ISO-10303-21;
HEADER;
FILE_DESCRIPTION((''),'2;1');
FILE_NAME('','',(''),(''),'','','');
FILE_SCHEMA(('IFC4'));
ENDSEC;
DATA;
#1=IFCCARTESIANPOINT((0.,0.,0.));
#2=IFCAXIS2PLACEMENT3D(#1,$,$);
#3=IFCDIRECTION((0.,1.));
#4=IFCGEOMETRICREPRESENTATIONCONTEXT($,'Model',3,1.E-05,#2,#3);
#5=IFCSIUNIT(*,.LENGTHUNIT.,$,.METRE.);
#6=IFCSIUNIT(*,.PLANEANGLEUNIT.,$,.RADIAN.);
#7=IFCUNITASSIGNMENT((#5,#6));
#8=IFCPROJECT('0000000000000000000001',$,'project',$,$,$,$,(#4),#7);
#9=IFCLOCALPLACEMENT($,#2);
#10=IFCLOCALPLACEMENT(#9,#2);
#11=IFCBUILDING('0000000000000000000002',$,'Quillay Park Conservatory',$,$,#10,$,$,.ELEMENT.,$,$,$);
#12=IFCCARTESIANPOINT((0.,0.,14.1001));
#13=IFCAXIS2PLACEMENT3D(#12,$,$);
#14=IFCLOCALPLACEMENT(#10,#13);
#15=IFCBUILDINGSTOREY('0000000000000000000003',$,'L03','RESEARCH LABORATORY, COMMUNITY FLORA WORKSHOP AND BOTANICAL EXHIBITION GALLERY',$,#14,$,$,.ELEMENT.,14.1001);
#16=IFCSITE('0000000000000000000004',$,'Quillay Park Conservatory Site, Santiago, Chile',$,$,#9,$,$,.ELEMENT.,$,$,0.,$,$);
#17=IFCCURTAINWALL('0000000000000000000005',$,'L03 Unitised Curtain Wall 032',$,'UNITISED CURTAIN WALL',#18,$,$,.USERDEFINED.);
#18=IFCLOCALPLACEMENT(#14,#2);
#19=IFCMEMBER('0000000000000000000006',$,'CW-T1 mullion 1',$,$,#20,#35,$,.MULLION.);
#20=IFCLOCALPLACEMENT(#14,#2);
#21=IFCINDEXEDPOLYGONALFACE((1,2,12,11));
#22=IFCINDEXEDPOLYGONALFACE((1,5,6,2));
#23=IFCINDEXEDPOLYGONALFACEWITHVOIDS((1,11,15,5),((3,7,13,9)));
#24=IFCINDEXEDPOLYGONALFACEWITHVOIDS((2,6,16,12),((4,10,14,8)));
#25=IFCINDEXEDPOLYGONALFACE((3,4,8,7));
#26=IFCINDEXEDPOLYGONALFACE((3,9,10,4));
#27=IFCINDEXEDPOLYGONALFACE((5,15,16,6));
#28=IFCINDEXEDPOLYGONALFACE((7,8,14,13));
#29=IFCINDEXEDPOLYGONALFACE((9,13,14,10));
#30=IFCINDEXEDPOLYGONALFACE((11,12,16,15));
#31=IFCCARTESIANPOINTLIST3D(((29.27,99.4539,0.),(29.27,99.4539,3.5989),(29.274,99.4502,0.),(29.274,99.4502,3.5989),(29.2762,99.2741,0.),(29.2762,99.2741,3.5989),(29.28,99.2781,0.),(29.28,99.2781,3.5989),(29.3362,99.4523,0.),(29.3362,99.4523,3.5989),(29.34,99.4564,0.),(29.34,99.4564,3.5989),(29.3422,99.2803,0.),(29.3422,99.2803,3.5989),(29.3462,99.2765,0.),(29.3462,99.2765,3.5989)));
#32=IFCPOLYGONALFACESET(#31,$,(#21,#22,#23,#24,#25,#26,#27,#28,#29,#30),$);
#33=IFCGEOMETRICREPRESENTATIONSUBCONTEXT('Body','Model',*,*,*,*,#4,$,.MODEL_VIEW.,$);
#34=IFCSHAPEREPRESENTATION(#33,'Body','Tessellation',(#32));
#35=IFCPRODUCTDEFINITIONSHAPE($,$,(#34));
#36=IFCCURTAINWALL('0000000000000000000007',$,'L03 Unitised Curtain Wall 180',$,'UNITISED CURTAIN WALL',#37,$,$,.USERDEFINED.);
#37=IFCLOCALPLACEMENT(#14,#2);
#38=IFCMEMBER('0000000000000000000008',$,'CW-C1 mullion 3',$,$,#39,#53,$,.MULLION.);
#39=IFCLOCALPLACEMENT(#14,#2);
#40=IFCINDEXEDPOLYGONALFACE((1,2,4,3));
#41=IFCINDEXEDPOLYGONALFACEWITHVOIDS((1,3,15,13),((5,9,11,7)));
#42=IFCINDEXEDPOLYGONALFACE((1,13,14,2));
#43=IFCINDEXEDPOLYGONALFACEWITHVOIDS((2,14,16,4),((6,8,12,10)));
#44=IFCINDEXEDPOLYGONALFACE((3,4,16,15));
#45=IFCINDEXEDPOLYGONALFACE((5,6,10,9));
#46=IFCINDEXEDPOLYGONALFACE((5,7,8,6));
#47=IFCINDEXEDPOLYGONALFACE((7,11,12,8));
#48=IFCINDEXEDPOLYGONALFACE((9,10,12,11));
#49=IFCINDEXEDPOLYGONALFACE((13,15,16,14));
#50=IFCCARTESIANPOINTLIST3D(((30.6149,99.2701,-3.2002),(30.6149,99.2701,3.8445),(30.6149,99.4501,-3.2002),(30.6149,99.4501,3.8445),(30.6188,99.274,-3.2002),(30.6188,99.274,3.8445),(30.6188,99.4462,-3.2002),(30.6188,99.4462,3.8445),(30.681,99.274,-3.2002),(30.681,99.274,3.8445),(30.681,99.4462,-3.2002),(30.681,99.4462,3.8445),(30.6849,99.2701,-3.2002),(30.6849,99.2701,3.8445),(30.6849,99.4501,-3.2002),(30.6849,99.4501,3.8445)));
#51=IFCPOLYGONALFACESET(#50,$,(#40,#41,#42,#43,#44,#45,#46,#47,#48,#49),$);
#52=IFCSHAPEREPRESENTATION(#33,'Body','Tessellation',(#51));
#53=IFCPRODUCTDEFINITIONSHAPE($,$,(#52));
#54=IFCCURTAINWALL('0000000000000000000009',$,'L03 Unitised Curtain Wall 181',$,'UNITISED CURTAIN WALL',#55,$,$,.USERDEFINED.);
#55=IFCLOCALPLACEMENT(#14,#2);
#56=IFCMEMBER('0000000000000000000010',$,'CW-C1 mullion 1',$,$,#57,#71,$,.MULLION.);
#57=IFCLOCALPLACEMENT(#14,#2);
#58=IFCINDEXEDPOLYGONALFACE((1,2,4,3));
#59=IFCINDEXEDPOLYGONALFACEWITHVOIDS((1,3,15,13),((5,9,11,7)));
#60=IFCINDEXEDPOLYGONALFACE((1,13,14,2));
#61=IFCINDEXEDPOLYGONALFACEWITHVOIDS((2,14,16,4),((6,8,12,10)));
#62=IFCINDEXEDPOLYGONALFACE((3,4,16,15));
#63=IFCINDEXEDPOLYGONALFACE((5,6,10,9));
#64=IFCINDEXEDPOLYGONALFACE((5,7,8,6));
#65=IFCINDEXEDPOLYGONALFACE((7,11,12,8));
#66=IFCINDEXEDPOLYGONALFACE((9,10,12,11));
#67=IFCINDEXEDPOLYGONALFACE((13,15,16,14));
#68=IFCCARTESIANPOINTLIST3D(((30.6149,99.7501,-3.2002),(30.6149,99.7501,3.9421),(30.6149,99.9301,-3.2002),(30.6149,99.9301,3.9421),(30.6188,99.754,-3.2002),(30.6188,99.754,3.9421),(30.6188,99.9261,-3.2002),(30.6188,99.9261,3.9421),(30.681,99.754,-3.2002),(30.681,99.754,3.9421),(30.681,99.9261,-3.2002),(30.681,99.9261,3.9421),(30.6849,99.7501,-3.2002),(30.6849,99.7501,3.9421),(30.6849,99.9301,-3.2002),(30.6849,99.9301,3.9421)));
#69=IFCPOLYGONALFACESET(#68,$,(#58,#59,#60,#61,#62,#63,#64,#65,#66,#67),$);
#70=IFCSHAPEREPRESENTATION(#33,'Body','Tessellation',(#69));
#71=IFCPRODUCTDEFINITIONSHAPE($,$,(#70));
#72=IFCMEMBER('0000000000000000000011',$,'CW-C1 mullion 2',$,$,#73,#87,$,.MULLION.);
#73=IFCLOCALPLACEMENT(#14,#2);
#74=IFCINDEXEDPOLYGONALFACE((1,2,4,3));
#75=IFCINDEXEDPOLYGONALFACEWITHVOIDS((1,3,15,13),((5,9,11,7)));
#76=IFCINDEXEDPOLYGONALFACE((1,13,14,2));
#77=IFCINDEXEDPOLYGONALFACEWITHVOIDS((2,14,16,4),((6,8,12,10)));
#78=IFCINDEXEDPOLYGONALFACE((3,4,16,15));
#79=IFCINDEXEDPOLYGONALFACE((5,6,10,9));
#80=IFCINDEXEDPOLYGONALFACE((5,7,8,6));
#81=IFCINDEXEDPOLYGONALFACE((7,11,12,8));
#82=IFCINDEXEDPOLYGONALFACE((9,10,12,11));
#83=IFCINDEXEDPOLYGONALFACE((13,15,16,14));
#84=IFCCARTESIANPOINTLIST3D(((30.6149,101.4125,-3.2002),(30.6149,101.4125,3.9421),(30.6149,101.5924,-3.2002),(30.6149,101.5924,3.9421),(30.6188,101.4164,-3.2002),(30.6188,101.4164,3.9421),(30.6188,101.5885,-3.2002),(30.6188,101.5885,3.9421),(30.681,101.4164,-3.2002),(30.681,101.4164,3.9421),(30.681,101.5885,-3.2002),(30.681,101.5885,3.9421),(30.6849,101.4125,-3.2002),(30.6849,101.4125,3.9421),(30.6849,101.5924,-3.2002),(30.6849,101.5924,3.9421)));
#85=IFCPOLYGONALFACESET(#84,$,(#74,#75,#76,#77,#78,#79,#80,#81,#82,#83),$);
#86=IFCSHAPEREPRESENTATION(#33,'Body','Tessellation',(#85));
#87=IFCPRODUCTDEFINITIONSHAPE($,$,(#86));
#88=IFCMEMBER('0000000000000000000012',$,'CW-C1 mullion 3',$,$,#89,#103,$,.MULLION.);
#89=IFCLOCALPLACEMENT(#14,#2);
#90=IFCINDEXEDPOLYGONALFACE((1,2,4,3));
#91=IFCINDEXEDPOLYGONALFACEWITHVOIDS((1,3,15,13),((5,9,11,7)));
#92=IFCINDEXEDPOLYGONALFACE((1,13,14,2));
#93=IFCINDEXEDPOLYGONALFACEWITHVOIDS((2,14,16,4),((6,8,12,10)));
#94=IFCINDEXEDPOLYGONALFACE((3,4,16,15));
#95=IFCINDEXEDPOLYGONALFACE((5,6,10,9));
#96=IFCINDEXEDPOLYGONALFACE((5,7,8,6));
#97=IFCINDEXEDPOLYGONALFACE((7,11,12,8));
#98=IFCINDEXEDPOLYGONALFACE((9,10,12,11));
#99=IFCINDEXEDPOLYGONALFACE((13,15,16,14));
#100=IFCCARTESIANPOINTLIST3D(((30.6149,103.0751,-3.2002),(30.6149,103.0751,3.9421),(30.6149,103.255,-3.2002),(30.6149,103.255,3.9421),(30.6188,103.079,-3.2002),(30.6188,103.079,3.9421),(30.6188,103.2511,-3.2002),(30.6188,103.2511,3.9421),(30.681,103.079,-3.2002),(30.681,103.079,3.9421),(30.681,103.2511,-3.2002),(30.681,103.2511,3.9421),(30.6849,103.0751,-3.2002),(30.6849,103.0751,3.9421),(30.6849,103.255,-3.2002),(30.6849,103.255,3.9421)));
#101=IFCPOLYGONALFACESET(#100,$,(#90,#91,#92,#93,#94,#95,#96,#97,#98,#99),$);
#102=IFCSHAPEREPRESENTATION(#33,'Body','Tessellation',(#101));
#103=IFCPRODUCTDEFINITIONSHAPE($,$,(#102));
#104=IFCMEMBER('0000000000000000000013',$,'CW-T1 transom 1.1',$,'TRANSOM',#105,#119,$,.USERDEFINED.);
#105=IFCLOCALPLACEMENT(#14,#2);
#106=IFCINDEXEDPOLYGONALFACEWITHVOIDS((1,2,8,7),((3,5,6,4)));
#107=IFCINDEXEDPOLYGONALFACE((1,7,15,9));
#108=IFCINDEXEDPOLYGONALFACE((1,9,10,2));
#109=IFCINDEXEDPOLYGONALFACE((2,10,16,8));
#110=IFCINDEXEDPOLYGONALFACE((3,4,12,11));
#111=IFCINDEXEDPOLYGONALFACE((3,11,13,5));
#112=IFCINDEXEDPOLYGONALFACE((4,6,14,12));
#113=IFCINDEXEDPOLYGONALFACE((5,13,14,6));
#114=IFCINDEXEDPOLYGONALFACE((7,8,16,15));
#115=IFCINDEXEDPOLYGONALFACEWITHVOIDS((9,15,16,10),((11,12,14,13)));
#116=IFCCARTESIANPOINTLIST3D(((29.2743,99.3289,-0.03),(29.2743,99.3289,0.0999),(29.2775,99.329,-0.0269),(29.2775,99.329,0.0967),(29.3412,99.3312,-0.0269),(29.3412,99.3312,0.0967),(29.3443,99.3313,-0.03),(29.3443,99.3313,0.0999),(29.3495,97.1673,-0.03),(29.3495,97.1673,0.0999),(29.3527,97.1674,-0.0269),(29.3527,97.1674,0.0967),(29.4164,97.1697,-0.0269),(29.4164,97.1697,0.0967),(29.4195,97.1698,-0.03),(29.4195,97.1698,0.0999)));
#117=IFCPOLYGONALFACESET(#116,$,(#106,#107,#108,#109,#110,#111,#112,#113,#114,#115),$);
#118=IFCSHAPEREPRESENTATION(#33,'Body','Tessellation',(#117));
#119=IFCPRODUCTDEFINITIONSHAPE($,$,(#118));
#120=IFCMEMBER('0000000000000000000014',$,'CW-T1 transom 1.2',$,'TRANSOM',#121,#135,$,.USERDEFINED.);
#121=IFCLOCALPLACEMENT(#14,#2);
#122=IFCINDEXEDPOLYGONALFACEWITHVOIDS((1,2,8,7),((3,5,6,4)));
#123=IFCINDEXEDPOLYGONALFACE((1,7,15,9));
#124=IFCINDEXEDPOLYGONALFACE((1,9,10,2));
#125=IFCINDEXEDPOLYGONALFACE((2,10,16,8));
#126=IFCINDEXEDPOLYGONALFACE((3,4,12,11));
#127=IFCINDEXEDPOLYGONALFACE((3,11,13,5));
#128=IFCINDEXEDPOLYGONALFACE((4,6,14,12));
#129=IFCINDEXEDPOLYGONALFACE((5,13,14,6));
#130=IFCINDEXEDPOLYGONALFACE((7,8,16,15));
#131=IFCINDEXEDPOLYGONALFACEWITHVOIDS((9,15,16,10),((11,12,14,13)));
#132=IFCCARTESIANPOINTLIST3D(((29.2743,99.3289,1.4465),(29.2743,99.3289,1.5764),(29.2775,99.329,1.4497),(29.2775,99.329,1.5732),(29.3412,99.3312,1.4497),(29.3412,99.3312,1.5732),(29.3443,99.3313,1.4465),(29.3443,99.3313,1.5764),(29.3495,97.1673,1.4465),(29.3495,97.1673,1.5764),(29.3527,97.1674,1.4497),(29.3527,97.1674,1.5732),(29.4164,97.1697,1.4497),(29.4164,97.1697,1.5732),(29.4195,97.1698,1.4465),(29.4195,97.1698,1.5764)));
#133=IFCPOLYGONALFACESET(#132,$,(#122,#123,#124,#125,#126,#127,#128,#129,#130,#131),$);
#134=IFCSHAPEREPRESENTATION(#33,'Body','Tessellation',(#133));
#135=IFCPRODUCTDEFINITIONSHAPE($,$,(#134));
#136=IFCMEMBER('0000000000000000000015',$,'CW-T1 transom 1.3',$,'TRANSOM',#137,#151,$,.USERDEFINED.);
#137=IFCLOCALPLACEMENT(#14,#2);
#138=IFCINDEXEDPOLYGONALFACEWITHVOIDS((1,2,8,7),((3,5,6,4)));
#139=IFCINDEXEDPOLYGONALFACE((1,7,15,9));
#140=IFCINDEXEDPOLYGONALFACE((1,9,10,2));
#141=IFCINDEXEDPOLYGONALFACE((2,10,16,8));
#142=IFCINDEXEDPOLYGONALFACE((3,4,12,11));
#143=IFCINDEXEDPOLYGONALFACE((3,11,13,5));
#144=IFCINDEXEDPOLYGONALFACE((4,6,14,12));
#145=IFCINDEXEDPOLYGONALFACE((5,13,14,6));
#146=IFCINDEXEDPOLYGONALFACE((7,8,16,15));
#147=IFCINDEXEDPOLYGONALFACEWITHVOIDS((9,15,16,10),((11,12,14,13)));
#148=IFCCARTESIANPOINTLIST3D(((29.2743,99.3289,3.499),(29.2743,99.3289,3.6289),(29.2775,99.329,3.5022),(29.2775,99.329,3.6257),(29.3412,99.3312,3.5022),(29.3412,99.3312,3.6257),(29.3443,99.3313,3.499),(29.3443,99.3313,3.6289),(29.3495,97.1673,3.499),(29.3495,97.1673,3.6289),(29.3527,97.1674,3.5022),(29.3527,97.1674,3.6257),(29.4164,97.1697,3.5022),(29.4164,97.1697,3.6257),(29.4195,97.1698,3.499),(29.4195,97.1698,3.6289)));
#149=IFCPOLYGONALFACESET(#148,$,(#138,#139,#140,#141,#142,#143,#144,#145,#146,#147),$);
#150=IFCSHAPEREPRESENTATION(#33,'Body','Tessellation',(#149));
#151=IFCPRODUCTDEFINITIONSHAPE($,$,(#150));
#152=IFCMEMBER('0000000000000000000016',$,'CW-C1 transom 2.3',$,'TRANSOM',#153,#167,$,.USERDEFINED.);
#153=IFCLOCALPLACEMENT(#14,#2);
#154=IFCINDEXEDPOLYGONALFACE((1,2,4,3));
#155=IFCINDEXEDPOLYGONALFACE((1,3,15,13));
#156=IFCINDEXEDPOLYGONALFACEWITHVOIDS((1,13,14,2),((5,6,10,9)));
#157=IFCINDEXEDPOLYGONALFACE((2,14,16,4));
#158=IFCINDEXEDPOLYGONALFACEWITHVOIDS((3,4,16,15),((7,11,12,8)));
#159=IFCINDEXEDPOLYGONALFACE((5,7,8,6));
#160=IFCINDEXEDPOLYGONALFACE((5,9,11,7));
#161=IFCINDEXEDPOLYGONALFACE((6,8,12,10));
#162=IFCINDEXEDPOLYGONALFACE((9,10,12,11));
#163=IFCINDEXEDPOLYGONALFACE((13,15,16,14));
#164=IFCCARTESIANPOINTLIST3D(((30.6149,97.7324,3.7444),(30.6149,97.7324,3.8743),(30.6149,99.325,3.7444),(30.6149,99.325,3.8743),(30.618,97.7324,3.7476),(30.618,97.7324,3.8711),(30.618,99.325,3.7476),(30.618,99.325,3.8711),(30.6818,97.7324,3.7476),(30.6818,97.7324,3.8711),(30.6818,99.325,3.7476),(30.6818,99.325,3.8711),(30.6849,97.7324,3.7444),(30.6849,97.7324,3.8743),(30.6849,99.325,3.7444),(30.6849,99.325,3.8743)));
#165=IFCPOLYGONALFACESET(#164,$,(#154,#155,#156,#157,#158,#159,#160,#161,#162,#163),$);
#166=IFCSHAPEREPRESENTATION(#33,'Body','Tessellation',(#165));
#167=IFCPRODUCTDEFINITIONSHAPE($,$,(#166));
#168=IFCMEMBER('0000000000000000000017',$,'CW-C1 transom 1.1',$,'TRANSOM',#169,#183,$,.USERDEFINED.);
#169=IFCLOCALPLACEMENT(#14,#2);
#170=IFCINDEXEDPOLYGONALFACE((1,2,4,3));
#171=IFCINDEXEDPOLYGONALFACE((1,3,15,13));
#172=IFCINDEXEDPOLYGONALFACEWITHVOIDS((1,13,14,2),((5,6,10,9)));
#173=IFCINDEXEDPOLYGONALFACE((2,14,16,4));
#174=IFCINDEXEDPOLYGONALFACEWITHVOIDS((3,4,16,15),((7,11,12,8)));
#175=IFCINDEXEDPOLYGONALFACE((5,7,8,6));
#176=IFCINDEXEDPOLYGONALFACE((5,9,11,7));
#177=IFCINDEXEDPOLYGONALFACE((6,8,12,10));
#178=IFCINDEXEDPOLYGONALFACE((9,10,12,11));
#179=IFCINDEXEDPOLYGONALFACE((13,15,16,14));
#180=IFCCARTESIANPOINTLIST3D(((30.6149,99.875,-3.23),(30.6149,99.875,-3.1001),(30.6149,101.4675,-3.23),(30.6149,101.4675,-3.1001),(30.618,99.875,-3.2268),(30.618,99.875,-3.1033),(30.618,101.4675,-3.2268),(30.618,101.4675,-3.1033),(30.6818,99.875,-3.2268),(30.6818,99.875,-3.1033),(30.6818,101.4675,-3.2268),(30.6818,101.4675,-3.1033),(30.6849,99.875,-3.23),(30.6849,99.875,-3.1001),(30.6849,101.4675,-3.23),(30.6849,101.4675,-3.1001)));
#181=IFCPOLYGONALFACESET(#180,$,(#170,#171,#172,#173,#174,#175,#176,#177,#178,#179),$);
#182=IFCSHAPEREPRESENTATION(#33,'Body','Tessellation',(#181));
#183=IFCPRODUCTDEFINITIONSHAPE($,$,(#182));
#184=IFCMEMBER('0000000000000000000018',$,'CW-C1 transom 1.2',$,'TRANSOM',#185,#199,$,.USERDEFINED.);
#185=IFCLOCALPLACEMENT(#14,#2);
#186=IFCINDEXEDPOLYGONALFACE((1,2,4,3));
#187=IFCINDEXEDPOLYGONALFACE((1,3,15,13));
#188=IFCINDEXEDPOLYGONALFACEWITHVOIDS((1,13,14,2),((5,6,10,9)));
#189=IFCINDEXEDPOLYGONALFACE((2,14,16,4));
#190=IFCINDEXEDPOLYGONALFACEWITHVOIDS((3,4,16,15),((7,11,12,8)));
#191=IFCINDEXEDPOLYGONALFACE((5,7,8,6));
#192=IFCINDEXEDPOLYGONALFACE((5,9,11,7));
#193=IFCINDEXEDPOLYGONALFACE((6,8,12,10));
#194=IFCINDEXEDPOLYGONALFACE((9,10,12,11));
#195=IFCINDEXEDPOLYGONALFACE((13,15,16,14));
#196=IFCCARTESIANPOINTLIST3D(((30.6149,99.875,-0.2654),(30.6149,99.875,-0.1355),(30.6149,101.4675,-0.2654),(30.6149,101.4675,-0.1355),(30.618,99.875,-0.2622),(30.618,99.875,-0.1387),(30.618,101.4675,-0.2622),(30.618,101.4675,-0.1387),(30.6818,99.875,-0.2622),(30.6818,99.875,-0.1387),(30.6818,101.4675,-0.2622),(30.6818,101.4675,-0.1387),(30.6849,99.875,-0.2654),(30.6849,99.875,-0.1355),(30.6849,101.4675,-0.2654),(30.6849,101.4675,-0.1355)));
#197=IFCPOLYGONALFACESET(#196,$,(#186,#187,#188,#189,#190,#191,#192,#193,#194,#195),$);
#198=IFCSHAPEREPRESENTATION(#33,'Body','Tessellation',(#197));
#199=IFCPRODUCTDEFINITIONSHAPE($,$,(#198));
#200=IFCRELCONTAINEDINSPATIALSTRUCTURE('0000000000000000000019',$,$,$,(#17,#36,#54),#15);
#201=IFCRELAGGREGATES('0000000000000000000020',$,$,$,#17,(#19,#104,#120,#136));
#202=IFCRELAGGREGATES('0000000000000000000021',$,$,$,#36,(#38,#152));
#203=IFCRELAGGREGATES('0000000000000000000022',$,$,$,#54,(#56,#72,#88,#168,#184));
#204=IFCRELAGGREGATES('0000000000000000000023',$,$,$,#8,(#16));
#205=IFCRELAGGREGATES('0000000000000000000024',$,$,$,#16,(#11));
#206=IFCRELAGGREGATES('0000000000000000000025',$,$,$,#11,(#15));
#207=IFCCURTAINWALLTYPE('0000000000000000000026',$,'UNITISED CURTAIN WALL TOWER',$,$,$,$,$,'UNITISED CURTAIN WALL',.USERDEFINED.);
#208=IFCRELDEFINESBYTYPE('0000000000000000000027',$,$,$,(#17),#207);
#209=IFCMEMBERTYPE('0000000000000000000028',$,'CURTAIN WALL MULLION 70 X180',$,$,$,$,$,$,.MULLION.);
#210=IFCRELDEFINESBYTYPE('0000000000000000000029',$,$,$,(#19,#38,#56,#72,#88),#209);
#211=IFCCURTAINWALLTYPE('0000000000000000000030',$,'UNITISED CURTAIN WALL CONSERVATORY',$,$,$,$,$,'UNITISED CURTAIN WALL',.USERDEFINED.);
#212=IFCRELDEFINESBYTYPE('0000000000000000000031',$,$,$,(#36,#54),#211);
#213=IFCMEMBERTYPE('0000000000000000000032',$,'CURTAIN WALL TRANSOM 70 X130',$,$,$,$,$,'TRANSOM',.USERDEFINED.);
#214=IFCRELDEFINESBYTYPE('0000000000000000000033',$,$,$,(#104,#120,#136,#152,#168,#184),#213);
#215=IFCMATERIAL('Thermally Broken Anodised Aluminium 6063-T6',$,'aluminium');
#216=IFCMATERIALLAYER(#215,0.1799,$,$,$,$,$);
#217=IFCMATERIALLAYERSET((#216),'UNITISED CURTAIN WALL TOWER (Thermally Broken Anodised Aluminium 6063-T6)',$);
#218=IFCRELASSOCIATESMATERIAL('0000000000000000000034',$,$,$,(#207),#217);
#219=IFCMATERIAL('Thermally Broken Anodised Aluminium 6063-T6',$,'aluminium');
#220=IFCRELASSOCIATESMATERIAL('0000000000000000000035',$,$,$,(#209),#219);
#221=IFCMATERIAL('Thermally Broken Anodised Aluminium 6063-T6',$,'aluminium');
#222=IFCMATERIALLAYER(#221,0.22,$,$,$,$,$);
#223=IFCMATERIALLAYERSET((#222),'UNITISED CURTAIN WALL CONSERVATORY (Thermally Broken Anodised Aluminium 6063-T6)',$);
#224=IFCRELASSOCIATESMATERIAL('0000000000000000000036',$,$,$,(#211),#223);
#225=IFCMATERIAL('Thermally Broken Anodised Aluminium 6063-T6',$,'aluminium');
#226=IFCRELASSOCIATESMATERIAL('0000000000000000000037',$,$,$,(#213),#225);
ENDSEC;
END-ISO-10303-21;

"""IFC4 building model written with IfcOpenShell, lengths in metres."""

from ifc_helpers import new_model, si_unit, direction, frame, origin, origin_2d, place, context, subcontext, project, spatial, hollow_rectangle, extrude, material, layer, layer_set, material_profile, profile_set, type_object, element, aggregate, save


model = new_model("IFC4")

# Units and contexts
model_context = context("Model", 3, precision=1e-05, world=origin(), true_north=direction((0.0, 1.0)))
body_context = subcontext(model_context, "Body", "Model", "MODEL_VIEW")
ifc_project = project(units=[si_unit("LENGTHUNIT", "METRE"), si_unit("PLANEANGLEUNIT", "RADIAN")], contexts=[model_context])

# Site, building, storey
site_placement = place(None, origin())
site = spatial("IfcSite", under=ifc_project, at=site_placement, Name="Quillay Park Conservatory Site, Santiago, Chile", CompositionType="ELEMENT", RefElevation=0.0)
building_placement = place(site_placement, origin())
building = spatial("IfcBuilding", under=site, at=building_placement, Name="Quillay Park Conservatory", CompositionType="ELEMENT")
storey_placement = place(building_placement, frame((0.0, 0.0, 14.1001)))
storey = spatial("IfcBuildingStorey", under=building, at=storey_placement, Name="L03", Description="RESEARCH LABORATORY, COMMUNITY FLORA WORKSHOP AND BOTANICAL EXHIBITION GALLERY", CompositionType="ELEMENT", Elevation=14.1001)

# Curtain walls, members
ifc_material_1 = material(Name="Thermally Broken Anodised Aluminium 6063-T6", Category="aluminium")
ifc_layer_1 = layer(ifc_material_1, 0.1799)
ifc_layer_set_1 = layer_set([ifc_layer_1], Name="UNITISED CURTAIN WALL TOWER (Thermally Broken Anodised Aluminium 6063-T6)")
curtain_wall_type_1 = type_object("IfcCurtainWallType", Name="UNITISED CURTAIN WALL TOWER", ElementType="UNITISED CURTAIN WALL", PredefinedType="USERDEFINED", material=ifc_layer_set_1)
curtain_wall_1_placement = place(storey_placement, origin())
curtain_wall_1 = element("IfcCurtainWall", 1, at=curtain_wall_1_placement, inside=storey, type_object=curtain_wall_type_1, Name="L03 Unitised Curtain Wall 032", ObjectType="UNITISED CURTAIN WALL", PredefinedType="USERDEFINED")
ifc_material_2 = material(Name="Thermally Broken Anodised Aluminium 6063-T6", Category="aluminium")
ifc_material_profile_1 = material_profile(ifc_material_2, hollow_rectangle(XDim=0.0701, YDim=0.1799, WallThickness=0.0039, at=origin_2d()), Name="AL70x180x4")
ifc_profile_set_1 = profile_set([ifc_material_profile_1], Name="Thermally Broken Anodised Aluminium 6063-T6")
member_type_1 = type_object("IfcMemberType", Name="CURTAIN WALL MULLION 70 X180", PredefinedType="MULLION", material=ifc_profile_set_1)
member_1_placement = place(storey_placement, frame((29.3081, 99.3652, 0.0), z_axis=(0.0, 0.0, 1.0), x_axis=(0.999397, 0.034713, 0.0)))
member_1 = element("IfcMember", 2, at=member_1_placement, type_object=member_type_1, Name="CW-T1 mullion 1", PredefinedType="MULLION", context=body_context, shape_type="SweptSolid", body=[
    extrude(hollow_rectangle(XDim=0.0701, YDim=0.1799, WallThickness=0.0039, at=origin_2d()), origin(), (0.0, 0.0, 1.0), 3.5989),
])
ifc_material_3 = material(Name="Thermally Broken Anodised Aluminium 6063-T6", Category="aluminium")
ifc_layer_2 = layer(ifc_material_3, 0.22)
ifc_layer_set_2 = layer_set([ifc_layer_2], Name="UNITISED CURTAIN WALL CONSERVATORY (Thermally Broken Anodised Aluminium 6063-T6)")
curtain_wall_type_2 = type_object("IfcCurtainWallType", Name="UNITISED CURTAIN WALL CONSERVATORY", ElementType="UNITISED CURTAIN WALL", PredefinedType="USERDEFINED", material=ifc_layer_set_2)
curtain_wall_2_placement = place(storey_placement, origin())
curtain_wall_2 = element("IfcCurtainWall", 3, at=curtain_wall_2_placement, inside=storey, type_object=curtain_wall_type_2, Name="L03 Unitised Curtain Wall 180", ObjectType="UNITISED CURTAIN WALL", PredefinedType="USERDEFINED")
member_2_placement = place(storey_placement, frame((30.6499, 99.3601, -3.2002), z_axis=(0.0, 0.0, 1.0), x_axis=(-1.0, 0.0, 0.0)))
member_2 = element("IfcMember", 4, at=member_2_placement, type_object=member_type_1, Name="CW-C1 mullion 3", PredefinedType="MULLION", context=body_context, shape_type="SweptSolid", body=[
    extrude(hollow_rectangle(XDim=0.0701, YDim=0.1799, WallThickness=0.0039, at=origin_2d()), origin(), (0.0, 0.0, 1.0), 7.0447),
])

# Curtain wall, members
curtain_wall_3_placement = place(storey_placement, origin())
curtain_wall_3 = element("IfcCurtainWall", 5, at=curtain_wall_3_placement, inside=storey, type_object=curtain_wall_type_2, Name="L03 Unitised Curtain Wall 181", ObjectType="UNITISED CURTAIN WALL", PredefinedType="USERDEFINED")
member_3_placement = place(storey_placement, frame((30.6499, 99.8401, -3.2002), z_axis=(0.0, 0.0, 1.0), x_axis=(-1.0, 0.0, 0.0)))
member_3 = element("IfcMember", 6, at=member_3_placement, type_object=member_type_1, Name="CW-C1 mullion 1", PredefinedType="MULLION", context=body_context, shape_type="SweptSolid", body=[
    extrude(hollow_rectangle(XDim=0.0701, YDim=0.1799, WallThickness=0.0039, at=origin_2d()), origin(), (0.0, 0.0, 1.0), 7.1423),
])
member_4_placement = place(storey_placement, frame((30.6499, 101.5024, -3.2002), z_axis=(0.0, 0.0, 1.0), x_axis=(-1.0, 0.0, 0.0)))
member_4 = element("IfcMember", 7, at=member_4_placement, type_object=member_type_1, Name="CW-C1 mullion 2", PredefinedType="MULLION", context=body_context, shape_type="SweptSolid", body=[
    extrude(hollow_rectangle(XDim=0.0701, YDim=0.1799, WallThickness=0.0039, at=origin_2d()), origin(), (0.0, 0.0, 1.0), 7.1423),
])
member_5_placement = place(storey_placement, frame((30.6499, 103.165, -3.2002), z_axis=(0.0, 0.0, 1.0), x_axis=(-1.0, 0.0, 0.0)))
member_5 = element("IfcMember", 8, at=member_5_placement, type_object=member_type_1, Name="CW-C1 mullion 3", PredefinedType="MULLION", context=body_context, shape_type="SweptSolid", body=[
    extrude(hollow_rectangle(XDim=0.0701, YDim=0.1799, WallThickness=0.0039, at=origin_2d()), origin(), (0.0, 0.0, 1.0), 7.1423),
])

# Members
ifc_material_4 = material(Name="Thermally Broken Anodised Aluminium 6063-T6", Category="aluminium")
ifc_material_profile_2 = material_profile(ifc_material_4, hollow_rectangle(XDim=0.0701, YDim=0.1299, WallThickness=0.0032, at=origin_2d()), Name="AL70x130x3.2")
ifc_profile_set_2 = profile_set([ifc_material_profile_2], Name="Thermally Broken Anodised Aluminium 6063-T6")
member_type_2 = type_object("IfcMemberType", Name="CURTAIN WALL TRANSOM 70 X130", ElementType="TRANSOM", PredefinedType="USERDEFINED", material=ifc_profile_set_2)
member_6_placement = place(storey_placement, frame((29.3093, 99.3301, 0.0349), z_axis=(0.034766, -0.999395, 0.0), x_axis=(0.999395, 0.034766, 0.0)))
member_6 = element("IfcMember", 9, at=member_6_placement, type_object=member_type_2, Name="CW-T1 transom 1.1", ObjectType="TRANSOM", PredefinedType="USERDEFINED", context=body_context, shape_type="SweptSolid", body=[
    extrude(hollow_rectangle(XDim=0.0701, YDim=0.1299, WallThickness=0.0032, at=origin_2d()), origin(), (0.0, 0.0, 1.0), 2.1628),
])
member_7_placement = place(storey_placement, frame((29.3093, 99.3301, 1.5115), z_axis=(0.034766, -0.999395, 0.0), x_axis=(0.999395, 0.034766, 0.0)))
member_7 = element("IfcMember", 10, at=member_7_placement, type_object=member_type_2, Name="CW-T1 transom 1.2", ObjectType="TRANSOM", PredefinedType="USERDEFINED", context=body_context, shape_type="SweptSolid", body=[
    extrude(hollow_rectangle(XDim=0.0701, YDim=0.1299, WallThickness=0.0032, at=origin_2d()), origin(), (0.0, 0.0, 1.0), 2.1628),
])
member_8_placement = place(storey_placement, frame((29.3093, 99.3301, 3.564), z_axis=(0.034766, -0.999395, 0.0), x_axis=(0.999395, 0.034766, 0.0)))
member_8 = element("IfcMember", 11, at=member_8_placement, type_object=member_type_2, Name="CW-T1 transom 1.3", ObjectType="TRANSOM", PredefinedType="USERDEFINED", context=body_context, shape_type="SweptSolid", body=[
    extrude(hollow_rectangle(XDim=0.0701, YDim=0.1299, WallThickness=0.0032, at=origin_2d()), origin(), (0.0, 0.0, 1.0), 2.1628),
])
member_9_placement = place(storey_placement, frame((30.6499, 97.7324, 3.8093), z_axis=(0.0, 1.0, 0.0), x_axis=(-1.0, 0.0, 0.0)))
member_9 = element("IfcMember", 12, at=member_9_placement, type_object=member_type_2, Name="CW-C1 transom 2.3", ObjectType="TRANSOM", PredefinedType="USERDEFINED", context=body_context, shape_type="SweptSolid", body=[
    extrude(hollow_rectangle(XDim=0.0701, YDim=0.1299, WallThickness=0.0032, at=origin_2d()), origin(), (0.0, 0.0, 1.0), 1.5925),
])
member_10_placement = place(storey_placement, frame((30.6499, 99.875, -3.165), z_axis=(0.0, 1.0, 0.0), x_axis=(-1.0, 0.0, 0.0)))
member_10 = element("IfcMember", 13, at=member_10_placement, type_object=member_type_2, Name="CW-C1 transom 1.1", ObjectType="TRANSOM", PredefinedType="USERDEFINED", context=body_context, shape_type="SweptSolid", body=[
    extrude(hollow_rectangle(XDim=0.0701, YDim=0.1299, WallThickness=0.0032, at=origin_2d()), origin(), (0.0, 0.0, 1.0), 1.5925),
])
member_11_placement = place(storey_placement, frame((30.6499, 99.875, -0.2004), z_axis=(0.0, 1.0, 0.0), x_axis=(-1.0, 0.0, 0.0)))
member_11 = element("IfcMember", 14, at=member_11_placement, type_object=member_type_2, Name="CW-C1 transom 1.2", ObjectType="TRANSOM", PredefinedType="USERDEFINED", context=body_context, shape_type="SweptSolid", body=[
    extrude(hollow_rectangle(XDim=0.0701, YDim=0.1299, WallThickness=0.0032, at=origin_2d()), origin(), (0.0, 0.0, 1.0), 1.5925),
])

aggregate(curtain_wall_1, [member_1, member_6, member_7, member_8])
aggregate(curtain_wall_2, [member_2, member_9])
aggregate(curtain_wall_3, [member_3, member_4, member_5, member_10, member_11])

save(model, "model.ifc")
